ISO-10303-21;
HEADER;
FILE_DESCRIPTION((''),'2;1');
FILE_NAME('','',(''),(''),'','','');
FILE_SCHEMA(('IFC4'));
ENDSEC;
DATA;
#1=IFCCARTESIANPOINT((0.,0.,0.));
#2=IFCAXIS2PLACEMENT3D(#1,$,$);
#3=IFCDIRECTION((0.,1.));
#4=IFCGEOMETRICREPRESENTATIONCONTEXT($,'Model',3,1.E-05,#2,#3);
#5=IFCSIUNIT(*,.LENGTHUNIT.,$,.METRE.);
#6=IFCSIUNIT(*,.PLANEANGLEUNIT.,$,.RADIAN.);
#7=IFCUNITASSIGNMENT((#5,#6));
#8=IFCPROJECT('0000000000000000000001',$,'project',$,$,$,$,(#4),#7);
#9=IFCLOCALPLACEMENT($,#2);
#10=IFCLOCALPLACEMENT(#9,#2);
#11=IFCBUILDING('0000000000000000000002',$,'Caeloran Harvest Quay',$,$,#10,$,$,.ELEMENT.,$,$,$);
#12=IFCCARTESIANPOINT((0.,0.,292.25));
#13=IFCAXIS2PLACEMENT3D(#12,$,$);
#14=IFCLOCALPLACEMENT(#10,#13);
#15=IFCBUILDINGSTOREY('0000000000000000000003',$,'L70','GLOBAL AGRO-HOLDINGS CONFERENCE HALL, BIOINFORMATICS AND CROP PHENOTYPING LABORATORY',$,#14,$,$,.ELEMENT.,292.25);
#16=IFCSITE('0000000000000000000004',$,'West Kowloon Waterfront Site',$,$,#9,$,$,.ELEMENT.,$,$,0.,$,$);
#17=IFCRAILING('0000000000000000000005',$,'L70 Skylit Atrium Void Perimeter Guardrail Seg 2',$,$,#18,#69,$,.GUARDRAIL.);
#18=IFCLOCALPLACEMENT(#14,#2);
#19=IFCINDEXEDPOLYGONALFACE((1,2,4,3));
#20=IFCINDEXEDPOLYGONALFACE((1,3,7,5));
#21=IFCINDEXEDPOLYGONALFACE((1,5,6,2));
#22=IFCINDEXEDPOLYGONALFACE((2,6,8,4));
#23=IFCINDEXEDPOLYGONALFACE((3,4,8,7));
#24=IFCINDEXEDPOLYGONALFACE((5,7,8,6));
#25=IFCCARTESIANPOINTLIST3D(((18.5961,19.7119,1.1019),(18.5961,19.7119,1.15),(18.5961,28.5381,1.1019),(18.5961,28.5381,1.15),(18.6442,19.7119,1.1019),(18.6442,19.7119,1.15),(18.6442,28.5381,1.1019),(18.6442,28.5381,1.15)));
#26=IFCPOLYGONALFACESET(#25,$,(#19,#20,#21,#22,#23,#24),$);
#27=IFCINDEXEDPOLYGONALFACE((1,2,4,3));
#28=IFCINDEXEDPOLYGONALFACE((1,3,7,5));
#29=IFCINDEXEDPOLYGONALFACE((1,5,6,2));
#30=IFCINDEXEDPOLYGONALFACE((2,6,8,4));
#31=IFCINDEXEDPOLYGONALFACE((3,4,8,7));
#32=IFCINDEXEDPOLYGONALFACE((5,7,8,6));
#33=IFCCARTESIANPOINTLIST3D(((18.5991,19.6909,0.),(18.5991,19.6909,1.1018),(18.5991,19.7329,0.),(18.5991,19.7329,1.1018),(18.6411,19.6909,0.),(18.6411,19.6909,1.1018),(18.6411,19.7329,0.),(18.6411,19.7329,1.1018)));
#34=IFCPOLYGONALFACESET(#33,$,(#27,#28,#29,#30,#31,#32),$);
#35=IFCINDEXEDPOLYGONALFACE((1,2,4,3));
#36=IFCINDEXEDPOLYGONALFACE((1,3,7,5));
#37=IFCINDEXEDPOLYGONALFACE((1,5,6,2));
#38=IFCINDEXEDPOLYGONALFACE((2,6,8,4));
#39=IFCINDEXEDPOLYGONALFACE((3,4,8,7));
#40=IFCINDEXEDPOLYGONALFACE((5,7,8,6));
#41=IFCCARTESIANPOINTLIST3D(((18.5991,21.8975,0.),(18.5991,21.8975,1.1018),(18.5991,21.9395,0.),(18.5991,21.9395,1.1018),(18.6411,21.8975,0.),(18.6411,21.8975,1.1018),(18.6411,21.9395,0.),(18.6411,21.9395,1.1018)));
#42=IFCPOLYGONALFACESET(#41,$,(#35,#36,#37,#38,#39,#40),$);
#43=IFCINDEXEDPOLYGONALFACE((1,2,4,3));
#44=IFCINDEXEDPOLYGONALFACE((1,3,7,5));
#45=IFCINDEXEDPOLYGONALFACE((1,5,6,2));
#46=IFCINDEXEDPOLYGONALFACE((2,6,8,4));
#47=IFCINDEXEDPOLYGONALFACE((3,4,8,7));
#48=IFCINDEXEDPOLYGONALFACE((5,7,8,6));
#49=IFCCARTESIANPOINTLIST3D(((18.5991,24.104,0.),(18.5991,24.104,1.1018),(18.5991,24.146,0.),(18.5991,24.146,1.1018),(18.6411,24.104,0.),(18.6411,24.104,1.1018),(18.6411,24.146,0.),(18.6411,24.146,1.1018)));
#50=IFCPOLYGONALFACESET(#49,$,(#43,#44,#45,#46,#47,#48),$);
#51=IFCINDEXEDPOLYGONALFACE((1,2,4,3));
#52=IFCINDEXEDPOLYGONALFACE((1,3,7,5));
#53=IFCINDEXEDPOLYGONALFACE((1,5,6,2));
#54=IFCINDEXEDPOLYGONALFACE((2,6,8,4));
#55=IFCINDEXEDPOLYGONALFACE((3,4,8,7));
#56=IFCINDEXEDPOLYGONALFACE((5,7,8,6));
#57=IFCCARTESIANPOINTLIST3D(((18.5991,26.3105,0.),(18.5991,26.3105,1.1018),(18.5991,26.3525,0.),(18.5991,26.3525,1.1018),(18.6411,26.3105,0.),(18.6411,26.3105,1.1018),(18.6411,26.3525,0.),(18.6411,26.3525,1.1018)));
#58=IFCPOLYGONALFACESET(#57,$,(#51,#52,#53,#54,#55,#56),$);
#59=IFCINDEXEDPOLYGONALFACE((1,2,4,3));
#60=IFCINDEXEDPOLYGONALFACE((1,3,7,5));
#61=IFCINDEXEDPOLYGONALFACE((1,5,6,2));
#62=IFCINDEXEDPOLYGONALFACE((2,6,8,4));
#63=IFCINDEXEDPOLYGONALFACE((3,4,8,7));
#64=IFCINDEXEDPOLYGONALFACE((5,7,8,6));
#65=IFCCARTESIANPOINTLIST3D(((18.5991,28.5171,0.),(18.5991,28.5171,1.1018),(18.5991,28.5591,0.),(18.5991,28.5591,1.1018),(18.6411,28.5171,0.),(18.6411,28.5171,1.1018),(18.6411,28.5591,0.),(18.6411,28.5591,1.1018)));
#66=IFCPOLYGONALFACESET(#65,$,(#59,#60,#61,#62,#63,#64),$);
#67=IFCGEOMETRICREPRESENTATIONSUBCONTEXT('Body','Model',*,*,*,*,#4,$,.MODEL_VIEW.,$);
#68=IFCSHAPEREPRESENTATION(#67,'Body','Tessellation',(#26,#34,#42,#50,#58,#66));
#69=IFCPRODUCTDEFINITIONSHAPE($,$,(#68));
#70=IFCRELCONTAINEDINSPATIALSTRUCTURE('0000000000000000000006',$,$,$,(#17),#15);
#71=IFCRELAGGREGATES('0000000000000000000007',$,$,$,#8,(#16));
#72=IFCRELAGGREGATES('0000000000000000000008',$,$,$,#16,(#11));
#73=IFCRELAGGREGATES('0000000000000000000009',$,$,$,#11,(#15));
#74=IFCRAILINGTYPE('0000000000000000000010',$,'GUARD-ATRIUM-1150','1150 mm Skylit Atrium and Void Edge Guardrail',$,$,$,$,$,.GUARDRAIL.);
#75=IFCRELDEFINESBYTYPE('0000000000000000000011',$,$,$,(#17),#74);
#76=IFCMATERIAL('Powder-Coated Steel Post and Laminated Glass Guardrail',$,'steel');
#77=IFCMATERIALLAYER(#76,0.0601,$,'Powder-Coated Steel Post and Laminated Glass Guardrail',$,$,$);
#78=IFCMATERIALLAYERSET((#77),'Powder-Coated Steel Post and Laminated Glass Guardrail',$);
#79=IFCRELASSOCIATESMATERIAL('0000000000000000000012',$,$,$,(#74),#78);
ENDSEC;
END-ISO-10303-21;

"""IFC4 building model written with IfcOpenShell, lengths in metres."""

from ifc_helpers import new_model, si_unit, direction, frame, origin, origin_2d, place, context, subcontext, project, spatial, rectangle, extrude, material, layer, layer_set, type_object, element, save


model = new_model("IFC4")

# Units and contexts
model_context = context("Model", 3, precision=1e-05, world=origin(), true_north=direction((0.0, 1.0)))
body_context = subcontext(model_context, "Body", "Model", "MODEL_VIEW")
ifc_project = project(units=[si_unit("LENGTHUNIT", "METRE"), si_unit("PLANEANGLEUNIT", "RADIAN")], contexts=[model_context])

# Site, building, storey
site_placement = place(None, origin())
site = spatial("IfcSite", under=ifc_project, at=site_placement, Name="West Kowloon Waterfront Site", CompositionType="ELEMENT", RefElevation=0.0)
building_placement = place(site_placement, origin())
building = spatial("IfcBuilding", under=site, at=building_placement, Name="Caeloran Harvest Quay", CompositionType="ELEMENT")
storey_placement = place(building_placement, frame((0.0, 0.0, 292.25)))
storey = spatial("IfcBuildingStorey", under=building, at=storey_placement, Name="L70", Description="GLOBAL AGRO-HOLDINGS CONFERENCE HALL, BIOINFORMATICS AND CROP PHENOTYPING LABORATORY", CompositionType="ELEMENT", Elevation=292.25)

# Railing
ifc_material_1 = material(Name="Powder-Coated Steel Post and Laminated Glass Guardrail", Category="steel")
ifc_layer_1 = layer(ifc_material_1, 0.0601, Name="Powder-Coated Steel Post and Laminated Glass Guardrail")
ifc_layer_set_1 = layer_set([ifc_layer_1], Name="Powder-Coated Steel Post and Laminated Glass Guardrail")
railing_type = type_object("IfcRailingType", Name="GUARD-ATRIUM-1150", Description="1150 mm Skylit Atrium and Void Edge Guardrail", PredefinedType="GUARDRAIL", material=ifc_layer_set_1)
railing_1_placement = place(storey_placement, frame((18.6201, 19.7119, 0.0)))
element("IfcRailing", 1, at=railing_1_placement, inside=storey, type_object=railing_type, Name="L70 Skylit Atrium Void Perimeter Guardrail Seg 2", PredefinedType="GUARDRAIL", context=body_context, shape_type="SweptSolid", body=[
    extrude(rectangle(XDim=0.0481, YDim=0.0481, at=origin_2d()), frame((0.0, 0.0, 1.126), z_axis=(0.0, 1.0, 0.0), x_axis=(-1.0, 0.0, 0.0)), (0.0, 0.0, 1.0), 8.8262),
    extrude(rectangle(XDim=0.042, YDim=0.042, at=origin_2d()), origin(), (0.0, 0.0, 1.0), 1.1018),
    extrude(rectangle(XDim=0.042, YDim=0.042, at=origin_2d()), frame((0.0, 2.2065, 0.0)), (0.0, 0.0, 1.0), 1.1018),
    extrude(rectangle(XDim=0.042, YDim=0.042, at=origin_2d()), frame((0.0, 4.4131, 0.0)), (0.0, 0.0, 1.0), 1.1018),
    extrude(rectangle(XDim=0.042, YDim=0.042, at=origin_2d()), frame((0.0, 6.6196, 0.0)), (0.0, 0.0, 1.0), 1.1018),
    extrude(rectangle(XDim=0.042, YDim=0.042, at=origin_2d()), frame((0.0, 8.8262, 0.0)), (0.0, 0.0, 1.0), 1.1018),
])

save(model, "model.ifc")
